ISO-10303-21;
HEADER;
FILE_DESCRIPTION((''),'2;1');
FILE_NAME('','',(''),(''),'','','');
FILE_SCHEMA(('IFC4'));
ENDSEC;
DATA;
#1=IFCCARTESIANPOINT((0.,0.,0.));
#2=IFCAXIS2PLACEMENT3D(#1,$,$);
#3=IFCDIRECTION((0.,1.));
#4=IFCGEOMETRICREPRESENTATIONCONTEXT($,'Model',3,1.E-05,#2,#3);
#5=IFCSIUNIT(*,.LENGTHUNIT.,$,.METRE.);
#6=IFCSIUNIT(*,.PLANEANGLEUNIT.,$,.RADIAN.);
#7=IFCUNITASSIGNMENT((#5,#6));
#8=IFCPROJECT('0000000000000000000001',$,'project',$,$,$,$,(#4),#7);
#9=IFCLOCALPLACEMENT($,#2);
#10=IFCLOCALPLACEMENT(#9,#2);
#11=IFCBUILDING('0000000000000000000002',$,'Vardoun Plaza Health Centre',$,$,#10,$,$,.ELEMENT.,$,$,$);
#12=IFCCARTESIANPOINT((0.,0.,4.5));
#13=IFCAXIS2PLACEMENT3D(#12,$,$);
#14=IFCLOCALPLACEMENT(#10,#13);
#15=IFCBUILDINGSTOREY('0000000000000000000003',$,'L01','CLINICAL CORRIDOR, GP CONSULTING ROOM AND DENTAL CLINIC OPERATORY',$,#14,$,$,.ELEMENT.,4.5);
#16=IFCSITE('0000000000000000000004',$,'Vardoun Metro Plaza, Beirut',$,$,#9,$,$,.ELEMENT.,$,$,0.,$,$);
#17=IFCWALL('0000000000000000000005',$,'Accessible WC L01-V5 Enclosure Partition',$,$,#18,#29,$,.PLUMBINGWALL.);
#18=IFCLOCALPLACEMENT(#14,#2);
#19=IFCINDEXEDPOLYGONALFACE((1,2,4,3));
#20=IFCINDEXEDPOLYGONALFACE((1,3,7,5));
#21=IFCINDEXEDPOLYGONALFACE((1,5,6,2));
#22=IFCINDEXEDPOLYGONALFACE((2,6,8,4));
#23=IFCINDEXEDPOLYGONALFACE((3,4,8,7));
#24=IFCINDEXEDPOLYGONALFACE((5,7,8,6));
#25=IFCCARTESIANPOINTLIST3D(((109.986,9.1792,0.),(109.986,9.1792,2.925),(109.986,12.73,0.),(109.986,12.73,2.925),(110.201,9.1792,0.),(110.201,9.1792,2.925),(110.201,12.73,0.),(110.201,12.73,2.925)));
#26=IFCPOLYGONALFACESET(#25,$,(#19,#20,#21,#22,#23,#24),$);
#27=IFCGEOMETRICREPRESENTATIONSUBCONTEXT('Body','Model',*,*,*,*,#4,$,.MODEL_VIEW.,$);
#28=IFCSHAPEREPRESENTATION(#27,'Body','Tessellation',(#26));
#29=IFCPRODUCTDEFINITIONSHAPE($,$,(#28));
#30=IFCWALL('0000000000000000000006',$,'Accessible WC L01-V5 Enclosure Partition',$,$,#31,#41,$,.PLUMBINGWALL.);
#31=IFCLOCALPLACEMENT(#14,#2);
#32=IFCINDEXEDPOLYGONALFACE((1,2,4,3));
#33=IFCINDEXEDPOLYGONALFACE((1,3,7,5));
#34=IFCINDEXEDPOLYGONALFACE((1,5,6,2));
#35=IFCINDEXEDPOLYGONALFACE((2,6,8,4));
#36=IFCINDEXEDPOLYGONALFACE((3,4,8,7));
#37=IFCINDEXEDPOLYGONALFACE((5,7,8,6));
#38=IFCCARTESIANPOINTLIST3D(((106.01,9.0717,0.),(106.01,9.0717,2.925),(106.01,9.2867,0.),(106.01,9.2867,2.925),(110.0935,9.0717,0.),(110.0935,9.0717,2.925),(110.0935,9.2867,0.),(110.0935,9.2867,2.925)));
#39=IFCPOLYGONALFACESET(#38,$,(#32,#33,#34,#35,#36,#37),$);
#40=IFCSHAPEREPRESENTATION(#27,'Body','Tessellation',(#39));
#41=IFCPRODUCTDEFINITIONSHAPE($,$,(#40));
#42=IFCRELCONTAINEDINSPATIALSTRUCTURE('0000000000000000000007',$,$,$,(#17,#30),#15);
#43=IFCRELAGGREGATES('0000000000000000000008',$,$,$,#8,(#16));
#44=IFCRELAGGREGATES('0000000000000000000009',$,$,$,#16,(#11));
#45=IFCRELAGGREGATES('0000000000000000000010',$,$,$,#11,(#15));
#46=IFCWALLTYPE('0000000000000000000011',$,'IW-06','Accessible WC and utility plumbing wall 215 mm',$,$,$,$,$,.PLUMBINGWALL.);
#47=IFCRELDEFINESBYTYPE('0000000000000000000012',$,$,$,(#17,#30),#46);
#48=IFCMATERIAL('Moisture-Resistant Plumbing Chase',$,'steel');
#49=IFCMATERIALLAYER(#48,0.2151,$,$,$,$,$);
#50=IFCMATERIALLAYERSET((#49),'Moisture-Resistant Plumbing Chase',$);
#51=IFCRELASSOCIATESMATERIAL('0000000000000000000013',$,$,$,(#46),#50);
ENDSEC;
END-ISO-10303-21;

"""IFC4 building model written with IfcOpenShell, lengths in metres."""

from ifc_helpers import new_model, si_unit, direction, frame, frame_2d, origin, place, context, subcontext, project, spatial, rectangle, extrude, material, layer, layer_set, type_object, element, save


model = new_model("IFC4")

# Units and contexts
model_context = context("Model", 3, precision=1e-05, world=origin(), true_north=direction((0.0, 1.0)))
body_context = subcontext(model_context, "Body", "Model", "MODEL_VIEW")
ifc_project = project(units=[si_unit("LENGTHUNIT", "METRE"), si_unit("PLANEANGLEUNIT", "RADIAN")], contexts=[model_context])

# Site, building, storey
site_placement = place(None, origin())
site = spatial("IfcSite", under=ifc_project, at=site_placement, Name="Vardoun Metro Plaza, Beirut", CompositionType="ELEMENT", RefElevation=0.0)
building_placement = place(site_placement, origin())
building = spatial("IfcBuilding", under=site, at=building_placement, Name="Vardoun Plaza Health Centre", CompositionType="ELEMENT")
storey_placement = place(building_placement, frame((0.0, 0.0, 4.5)))
storey = spatial("IfcBuildingStorey", under=building, at=storey_placement, Name="L01", Description="CLINICAL CORRIDOR, GP CONSULTING ROOM AND DENTAL CLINIC OPERATORY", CompositionType="ELEMENT", Elevation=4.5)

# Walls
ifc_material_1 = material(Name="Moisture-Resistant Plumbing Chase", Category="steel")
ifc_layer_1 = layer(ifc_material_1, 0.2151)
ifc_layer_set_1 = layer_set([ifc_layer_1], Name="Moisture-Resistant Plumbing Chase")
wall_type_1 = type_object("IfcWallType", Name="IW-06", Description="Accessible WC and utility plumbing wall 215 mm", PredefinedType="PLUMBINGWALL", material=ifc_layer_set_1)
wall_1_placement = place(storey_placement, frame((110.0935, 12.73, 0.0), z_axis=(0.0, 0.0, 1.0), x_axis=(0.0, -1.0, 0.0)))
element("IfcWall", 1, at=wall_1_placement, inside=storey, type_object=wall_type_1, Name="Accessible WC L01-V5 Enclosure Partition", PredefinedType="PLUMBINGWALL", context=body_context, shape_type="SweptSolid", body=[
    extrude(rectangle(XDim=3.5508, YDim=0.2151, at=frame_2d((1.7754, 0.0))), origin(), (0.0, 0.0, 1.0), 2.925),
])
wall_2_placement = place(storey_placement, frame((110.0935, 9.1792, 0.0), z_axis=(0.0, 0.0, 1.0), x_axis=(-1.0, 0.0, 0.0)))
element("IfcWall", 2, at=wall_2_placement, inside=storey, type_object=wall_type_1, Name="Accessible WC L01-V5 Enclosure Partition", PredefinedType="PLUMBINGWALL", context=body_context, shape_type="SweptSolid", body=[
    extrude(rectangle(XDim=4.0835, YDim=0.2151, at=frame_2d((2.0417, 0.0))), origin(), (0.0, 0.0, 1.0), 2.925),
])

save(model, "model.ifc")
